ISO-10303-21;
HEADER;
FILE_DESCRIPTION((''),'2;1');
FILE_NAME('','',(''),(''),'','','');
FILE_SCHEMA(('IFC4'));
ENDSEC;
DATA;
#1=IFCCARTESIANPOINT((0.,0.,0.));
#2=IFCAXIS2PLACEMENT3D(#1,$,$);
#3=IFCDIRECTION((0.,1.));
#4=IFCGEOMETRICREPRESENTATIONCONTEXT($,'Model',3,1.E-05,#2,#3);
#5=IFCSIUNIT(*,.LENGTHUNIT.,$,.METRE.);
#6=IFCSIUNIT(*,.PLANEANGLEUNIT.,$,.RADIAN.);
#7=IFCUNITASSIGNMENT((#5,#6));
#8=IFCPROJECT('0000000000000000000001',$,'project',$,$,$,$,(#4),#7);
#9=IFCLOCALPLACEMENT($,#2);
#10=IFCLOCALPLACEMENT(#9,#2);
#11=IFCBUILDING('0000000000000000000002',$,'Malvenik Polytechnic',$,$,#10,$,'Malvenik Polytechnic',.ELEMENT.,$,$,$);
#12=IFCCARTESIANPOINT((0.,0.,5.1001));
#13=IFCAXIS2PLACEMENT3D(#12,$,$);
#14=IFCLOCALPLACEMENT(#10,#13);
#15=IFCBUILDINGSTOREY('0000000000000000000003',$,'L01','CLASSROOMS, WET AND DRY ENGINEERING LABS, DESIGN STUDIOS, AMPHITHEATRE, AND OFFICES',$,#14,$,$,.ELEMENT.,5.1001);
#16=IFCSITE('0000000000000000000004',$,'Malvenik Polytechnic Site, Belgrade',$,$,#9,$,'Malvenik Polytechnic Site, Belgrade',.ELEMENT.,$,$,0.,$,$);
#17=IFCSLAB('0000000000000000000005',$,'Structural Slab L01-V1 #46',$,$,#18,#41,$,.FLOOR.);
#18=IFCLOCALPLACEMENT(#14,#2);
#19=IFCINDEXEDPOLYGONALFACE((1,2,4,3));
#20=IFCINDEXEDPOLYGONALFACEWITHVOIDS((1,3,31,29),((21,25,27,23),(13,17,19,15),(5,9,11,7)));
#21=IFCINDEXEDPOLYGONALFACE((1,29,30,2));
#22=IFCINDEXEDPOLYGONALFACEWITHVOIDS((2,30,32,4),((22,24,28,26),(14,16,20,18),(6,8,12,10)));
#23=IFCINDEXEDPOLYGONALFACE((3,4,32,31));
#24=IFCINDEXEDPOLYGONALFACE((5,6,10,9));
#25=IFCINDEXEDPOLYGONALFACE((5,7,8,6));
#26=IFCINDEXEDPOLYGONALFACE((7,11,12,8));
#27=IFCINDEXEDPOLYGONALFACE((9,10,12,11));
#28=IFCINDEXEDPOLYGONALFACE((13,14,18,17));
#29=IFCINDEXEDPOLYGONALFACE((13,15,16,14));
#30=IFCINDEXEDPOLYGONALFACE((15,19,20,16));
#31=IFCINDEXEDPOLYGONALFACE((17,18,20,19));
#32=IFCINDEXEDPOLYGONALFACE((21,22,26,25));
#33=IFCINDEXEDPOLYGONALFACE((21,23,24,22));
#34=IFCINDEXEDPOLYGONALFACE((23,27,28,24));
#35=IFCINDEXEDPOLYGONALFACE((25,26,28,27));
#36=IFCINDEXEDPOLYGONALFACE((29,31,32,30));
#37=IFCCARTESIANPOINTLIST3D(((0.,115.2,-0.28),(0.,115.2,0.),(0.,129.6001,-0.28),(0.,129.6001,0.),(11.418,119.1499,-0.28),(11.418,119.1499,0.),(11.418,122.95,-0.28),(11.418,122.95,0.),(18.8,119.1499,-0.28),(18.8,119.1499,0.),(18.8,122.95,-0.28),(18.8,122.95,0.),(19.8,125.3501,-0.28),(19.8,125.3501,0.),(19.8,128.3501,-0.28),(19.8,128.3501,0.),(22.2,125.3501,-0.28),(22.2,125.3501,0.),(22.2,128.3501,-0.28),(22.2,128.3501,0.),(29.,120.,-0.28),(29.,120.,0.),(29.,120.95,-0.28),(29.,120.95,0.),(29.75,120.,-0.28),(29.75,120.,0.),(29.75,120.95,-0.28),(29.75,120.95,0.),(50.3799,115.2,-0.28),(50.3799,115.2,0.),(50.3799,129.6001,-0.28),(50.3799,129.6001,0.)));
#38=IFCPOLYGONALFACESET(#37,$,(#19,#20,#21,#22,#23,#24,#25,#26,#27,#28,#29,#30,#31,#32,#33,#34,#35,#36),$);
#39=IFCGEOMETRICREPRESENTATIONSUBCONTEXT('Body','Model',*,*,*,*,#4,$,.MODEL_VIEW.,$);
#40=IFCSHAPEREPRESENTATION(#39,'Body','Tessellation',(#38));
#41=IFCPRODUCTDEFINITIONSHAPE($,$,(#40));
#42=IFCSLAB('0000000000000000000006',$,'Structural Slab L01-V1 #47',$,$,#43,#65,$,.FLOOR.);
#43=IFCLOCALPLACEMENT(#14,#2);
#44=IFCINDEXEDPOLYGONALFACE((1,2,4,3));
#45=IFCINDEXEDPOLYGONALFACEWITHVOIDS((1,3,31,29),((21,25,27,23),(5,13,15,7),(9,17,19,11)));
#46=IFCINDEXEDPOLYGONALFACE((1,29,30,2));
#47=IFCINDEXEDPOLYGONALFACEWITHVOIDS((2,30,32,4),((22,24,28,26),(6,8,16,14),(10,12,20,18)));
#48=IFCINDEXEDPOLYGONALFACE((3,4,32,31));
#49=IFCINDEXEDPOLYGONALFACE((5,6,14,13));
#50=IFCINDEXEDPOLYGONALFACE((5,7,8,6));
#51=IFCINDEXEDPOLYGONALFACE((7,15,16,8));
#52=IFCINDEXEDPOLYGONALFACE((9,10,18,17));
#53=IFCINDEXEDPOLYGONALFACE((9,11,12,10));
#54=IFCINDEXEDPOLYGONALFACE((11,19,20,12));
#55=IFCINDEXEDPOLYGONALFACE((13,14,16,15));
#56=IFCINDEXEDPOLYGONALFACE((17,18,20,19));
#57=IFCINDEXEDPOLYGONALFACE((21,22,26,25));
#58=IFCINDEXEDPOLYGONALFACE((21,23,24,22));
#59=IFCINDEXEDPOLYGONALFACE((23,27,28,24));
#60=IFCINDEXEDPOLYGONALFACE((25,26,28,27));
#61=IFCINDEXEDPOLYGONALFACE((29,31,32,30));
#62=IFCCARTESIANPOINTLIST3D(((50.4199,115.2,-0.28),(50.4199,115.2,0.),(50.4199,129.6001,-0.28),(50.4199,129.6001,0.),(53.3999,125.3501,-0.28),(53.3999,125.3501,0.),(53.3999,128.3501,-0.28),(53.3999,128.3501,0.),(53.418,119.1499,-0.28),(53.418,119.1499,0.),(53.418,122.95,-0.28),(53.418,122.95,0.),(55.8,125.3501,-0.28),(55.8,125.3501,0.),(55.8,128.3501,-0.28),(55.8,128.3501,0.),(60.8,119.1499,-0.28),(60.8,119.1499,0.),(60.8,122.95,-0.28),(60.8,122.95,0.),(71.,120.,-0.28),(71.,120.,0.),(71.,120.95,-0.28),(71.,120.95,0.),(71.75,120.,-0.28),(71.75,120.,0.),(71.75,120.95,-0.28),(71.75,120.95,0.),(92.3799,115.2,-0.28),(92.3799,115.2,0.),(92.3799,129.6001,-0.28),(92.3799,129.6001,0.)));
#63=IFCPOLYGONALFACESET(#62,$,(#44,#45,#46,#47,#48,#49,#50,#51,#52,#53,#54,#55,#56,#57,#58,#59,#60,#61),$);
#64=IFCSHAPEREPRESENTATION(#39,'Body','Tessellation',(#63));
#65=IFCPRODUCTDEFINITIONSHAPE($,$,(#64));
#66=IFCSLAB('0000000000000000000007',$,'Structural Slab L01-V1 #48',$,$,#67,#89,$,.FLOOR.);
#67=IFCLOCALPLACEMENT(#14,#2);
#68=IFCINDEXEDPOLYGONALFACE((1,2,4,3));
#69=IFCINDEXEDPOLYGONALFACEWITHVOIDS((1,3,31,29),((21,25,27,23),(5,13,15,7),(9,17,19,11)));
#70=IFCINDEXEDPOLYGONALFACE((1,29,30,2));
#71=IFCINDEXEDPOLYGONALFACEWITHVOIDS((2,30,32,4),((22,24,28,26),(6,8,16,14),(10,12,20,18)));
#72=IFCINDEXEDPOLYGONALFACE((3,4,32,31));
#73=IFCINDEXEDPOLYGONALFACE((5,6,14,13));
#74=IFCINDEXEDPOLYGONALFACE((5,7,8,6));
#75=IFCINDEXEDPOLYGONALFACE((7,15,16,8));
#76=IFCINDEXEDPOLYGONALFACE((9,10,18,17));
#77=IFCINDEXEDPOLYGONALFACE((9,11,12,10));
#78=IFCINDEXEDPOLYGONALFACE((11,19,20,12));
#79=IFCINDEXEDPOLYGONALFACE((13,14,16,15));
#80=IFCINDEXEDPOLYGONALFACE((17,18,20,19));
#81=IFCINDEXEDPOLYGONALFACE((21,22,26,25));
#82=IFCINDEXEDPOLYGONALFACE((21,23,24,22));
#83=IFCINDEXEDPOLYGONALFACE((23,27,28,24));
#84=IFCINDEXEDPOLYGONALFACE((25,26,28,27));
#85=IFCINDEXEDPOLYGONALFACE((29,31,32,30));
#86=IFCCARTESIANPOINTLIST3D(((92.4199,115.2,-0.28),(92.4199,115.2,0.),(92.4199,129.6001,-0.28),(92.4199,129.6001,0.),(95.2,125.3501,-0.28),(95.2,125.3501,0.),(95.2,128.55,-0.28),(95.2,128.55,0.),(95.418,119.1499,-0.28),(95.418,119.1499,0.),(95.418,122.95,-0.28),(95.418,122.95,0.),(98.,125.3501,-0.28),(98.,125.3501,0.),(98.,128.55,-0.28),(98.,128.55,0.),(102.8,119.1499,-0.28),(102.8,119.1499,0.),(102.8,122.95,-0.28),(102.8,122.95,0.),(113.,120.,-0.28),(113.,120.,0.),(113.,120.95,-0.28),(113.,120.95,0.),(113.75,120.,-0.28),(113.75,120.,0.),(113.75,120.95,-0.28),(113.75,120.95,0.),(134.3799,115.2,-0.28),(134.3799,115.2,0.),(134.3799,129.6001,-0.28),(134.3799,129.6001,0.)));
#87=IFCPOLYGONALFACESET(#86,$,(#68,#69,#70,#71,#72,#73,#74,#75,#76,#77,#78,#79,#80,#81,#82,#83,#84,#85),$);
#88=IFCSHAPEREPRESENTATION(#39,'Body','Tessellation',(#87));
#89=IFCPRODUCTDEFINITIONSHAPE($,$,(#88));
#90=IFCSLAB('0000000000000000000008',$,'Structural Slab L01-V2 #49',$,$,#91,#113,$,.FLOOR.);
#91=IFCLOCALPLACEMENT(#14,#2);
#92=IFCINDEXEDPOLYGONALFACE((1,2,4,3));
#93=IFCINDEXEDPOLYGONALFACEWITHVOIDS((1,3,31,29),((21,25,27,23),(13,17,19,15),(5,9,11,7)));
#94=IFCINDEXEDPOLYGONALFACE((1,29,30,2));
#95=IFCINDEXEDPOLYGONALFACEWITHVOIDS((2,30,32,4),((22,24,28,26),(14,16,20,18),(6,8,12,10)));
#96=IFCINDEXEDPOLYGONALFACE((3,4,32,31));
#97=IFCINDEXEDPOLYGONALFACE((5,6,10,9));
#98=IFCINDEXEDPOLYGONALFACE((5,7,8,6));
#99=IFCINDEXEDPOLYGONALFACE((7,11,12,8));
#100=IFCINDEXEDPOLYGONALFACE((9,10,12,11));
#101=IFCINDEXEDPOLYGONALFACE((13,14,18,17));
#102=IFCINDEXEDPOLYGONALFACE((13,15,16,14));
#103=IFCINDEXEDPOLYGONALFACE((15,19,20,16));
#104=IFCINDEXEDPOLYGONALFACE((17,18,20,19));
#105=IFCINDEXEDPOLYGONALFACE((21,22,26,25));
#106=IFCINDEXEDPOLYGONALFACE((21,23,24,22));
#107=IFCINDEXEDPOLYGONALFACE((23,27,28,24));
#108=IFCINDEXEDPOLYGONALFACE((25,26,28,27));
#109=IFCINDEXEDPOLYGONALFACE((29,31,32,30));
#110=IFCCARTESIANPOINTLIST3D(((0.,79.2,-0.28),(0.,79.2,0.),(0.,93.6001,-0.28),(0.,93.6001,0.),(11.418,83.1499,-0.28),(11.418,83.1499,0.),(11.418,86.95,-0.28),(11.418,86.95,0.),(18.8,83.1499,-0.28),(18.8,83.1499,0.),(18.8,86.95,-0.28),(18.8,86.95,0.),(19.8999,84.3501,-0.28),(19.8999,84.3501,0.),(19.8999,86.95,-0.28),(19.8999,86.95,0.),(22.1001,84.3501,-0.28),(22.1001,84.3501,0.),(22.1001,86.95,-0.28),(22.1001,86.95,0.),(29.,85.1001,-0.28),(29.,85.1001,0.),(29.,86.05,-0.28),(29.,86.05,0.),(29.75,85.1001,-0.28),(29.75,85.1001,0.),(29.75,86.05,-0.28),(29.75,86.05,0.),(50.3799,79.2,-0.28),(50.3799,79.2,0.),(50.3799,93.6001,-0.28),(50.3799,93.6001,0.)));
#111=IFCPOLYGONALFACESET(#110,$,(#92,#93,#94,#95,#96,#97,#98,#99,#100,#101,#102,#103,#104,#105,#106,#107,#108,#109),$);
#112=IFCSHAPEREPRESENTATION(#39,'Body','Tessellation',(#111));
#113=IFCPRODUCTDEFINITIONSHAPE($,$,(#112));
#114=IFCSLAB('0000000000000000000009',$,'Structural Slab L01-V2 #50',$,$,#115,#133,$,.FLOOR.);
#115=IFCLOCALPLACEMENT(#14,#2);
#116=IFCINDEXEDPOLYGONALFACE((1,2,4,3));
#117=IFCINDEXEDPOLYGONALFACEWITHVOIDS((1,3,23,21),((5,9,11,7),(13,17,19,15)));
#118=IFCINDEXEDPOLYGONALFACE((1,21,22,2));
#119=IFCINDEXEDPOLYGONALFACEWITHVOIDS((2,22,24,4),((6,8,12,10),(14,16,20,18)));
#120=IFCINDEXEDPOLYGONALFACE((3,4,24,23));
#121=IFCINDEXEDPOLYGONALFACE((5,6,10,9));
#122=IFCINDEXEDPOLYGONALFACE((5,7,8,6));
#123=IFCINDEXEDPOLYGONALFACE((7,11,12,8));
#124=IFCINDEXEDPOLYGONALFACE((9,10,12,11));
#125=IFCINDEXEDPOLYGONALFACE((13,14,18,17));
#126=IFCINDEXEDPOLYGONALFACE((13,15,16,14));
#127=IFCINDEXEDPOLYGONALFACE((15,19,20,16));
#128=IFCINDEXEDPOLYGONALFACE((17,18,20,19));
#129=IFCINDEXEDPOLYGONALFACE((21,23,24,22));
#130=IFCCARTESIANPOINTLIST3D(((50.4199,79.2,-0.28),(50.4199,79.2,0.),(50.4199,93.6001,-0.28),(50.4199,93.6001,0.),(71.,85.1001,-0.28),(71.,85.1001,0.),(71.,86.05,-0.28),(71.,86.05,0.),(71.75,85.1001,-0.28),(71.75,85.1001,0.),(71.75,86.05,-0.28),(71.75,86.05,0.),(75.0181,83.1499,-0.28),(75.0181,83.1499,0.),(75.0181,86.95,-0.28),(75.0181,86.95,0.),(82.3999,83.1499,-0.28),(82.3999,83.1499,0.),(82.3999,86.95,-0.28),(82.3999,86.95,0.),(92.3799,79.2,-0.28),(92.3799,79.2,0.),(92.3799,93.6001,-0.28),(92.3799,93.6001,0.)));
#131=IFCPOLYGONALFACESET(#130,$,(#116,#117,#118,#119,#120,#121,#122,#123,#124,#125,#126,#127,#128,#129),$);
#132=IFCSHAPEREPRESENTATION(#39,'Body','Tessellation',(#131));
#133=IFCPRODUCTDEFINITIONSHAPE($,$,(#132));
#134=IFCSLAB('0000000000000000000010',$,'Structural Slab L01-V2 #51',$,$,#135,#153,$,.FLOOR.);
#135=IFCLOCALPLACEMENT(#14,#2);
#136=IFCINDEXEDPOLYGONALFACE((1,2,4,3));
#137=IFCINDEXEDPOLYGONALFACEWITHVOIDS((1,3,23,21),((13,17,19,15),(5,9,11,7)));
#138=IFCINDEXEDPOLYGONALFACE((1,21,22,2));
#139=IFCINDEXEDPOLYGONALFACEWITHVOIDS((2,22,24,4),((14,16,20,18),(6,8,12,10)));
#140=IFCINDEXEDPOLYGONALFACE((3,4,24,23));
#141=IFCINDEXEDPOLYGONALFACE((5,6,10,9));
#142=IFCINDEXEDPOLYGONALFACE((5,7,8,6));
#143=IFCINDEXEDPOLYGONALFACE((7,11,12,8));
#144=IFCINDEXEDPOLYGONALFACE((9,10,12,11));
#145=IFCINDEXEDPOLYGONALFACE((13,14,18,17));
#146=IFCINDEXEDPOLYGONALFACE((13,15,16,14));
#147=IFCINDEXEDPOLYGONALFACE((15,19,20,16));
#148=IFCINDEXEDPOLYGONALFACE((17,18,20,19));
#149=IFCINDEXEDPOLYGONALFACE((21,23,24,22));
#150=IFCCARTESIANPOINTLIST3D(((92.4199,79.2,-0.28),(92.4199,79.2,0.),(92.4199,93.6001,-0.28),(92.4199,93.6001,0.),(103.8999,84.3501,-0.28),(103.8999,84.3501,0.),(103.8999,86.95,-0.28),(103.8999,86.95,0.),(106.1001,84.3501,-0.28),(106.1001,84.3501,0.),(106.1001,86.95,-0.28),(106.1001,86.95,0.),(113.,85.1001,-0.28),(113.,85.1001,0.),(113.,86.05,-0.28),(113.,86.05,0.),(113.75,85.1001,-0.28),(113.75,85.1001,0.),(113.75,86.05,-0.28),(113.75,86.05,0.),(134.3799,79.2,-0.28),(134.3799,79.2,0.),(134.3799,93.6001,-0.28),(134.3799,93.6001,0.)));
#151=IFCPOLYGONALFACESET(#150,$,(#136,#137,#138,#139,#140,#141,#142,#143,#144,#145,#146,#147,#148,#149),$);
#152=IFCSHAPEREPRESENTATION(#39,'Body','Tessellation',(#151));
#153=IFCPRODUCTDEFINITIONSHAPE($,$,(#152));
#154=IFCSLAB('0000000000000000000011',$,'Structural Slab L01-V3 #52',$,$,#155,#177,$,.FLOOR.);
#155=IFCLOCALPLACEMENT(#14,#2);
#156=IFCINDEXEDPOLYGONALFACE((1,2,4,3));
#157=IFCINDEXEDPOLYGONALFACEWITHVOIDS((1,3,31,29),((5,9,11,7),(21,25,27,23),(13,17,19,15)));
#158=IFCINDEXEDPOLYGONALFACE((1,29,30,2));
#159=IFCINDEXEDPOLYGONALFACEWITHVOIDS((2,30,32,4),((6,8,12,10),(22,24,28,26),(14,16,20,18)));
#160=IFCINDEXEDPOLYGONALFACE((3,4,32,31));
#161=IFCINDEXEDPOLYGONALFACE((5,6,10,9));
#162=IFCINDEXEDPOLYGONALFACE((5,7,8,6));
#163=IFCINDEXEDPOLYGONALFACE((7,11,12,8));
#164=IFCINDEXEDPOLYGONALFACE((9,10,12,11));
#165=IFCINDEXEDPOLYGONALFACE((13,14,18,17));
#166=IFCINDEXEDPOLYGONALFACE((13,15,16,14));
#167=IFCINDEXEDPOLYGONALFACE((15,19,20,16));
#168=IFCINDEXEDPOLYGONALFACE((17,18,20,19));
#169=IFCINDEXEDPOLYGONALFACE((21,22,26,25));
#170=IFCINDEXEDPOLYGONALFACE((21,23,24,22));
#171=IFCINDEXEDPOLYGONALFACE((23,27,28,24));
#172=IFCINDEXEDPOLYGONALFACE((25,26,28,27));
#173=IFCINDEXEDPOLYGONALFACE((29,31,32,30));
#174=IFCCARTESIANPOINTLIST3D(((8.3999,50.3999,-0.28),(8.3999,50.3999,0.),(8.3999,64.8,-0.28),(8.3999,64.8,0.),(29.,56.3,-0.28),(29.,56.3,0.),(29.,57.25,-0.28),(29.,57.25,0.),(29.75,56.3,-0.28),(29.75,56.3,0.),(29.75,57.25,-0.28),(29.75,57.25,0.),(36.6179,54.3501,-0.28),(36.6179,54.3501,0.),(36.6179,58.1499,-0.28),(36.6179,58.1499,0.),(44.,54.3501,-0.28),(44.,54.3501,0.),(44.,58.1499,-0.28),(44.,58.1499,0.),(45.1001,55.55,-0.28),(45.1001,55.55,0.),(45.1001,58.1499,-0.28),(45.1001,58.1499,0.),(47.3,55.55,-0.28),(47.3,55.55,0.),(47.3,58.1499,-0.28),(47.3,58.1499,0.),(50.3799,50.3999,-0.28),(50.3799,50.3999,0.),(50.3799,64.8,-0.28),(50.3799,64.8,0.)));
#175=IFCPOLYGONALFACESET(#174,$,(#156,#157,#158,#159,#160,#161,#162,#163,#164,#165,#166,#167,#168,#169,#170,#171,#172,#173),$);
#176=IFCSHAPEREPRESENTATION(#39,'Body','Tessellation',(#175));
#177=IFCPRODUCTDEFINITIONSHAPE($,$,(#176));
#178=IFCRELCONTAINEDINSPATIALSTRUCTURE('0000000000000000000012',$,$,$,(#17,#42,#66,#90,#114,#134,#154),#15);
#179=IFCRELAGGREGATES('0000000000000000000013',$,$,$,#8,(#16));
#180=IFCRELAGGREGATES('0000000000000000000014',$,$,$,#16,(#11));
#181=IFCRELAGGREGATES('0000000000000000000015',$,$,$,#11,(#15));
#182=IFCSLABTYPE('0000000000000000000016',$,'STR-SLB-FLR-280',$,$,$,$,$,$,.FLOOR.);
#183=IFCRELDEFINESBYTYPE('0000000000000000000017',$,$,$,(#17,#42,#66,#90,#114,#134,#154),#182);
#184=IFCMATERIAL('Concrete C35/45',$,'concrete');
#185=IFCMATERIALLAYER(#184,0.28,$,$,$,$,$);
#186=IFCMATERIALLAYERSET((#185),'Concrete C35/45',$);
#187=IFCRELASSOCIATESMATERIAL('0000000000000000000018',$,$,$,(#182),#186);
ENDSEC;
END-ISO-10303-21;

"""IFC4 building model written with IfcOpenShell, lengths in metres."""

from ifc_helpers import new_model, si_unit, direction, frame, origin, place, context, subcontext, project, spatial, polyline, outline, extrude, material, layer, layer_set, type_object, element, save


model = new_model("IFC4")

# Units and contexts
model_context = context("Model", 3, precision=1e-05, world=origin(), true_north=direction((0.0, 1.0)))
body_context = subcontext(model_context, "Body", "Model", "MODEL_VIEW")
ifc_project = project(units=[si_unit("LENGTHUNIT", "METRE"), si_unit("PLANEANGLEUNIT", "RADIAN")], contexts=[model_context])

# Site, building, storey
site_placement = place(None, origin())
site = spatial("IfcSite", under=ifc_project, at=site_placement, Name="Malvenik Polytechnic Site, Belgrade", LongName="Malvenik Polytechnic Site, Belgrade", CompositionType="ELEMENT", RefElevation=0.0)
building_placement = place(site_placement, origin())
building = spatial("IfcBuilding", under=site, at=building_placement, Name="Malvenik Polytechnic", LongName="Malvenik Polytechnic", CompositionType="ELEMENT")
storey_placement = place(building_placement, frame((0.0, 0.0, 5.1001)))
storey = spatial("IfcBuildingStorey", under=building, at=storey_placement, Name="L01", Description="CLASSROOMS, WET AND DRY ENGINEERING LABS, DESIGN STUDIOS, AMPHITHEATRE, AND OFFICES", CompositionType="ELEMENT", Elevation=5.1001)

# Slabs
ifc_material = material(Name="Concrete C35/45", Category="concrete")
ifc_layer = layer(ifc_material, 0.28)
ifc_layer_set = layer_set([ifc_layer], Name="Concrete C35/45")
slab_type = type_object("IfcSlabType", Name="STR-SLB-FLR-280", PredefinedType="FLOOR", material=ifc_layer_set)
slab_1_placement = place(storey_placement, frame((0.0, 0.0, -0.28)))
element("IfcSlab", 1, at=slab_1_placement, inside=storey, type_object=slab_type, Name="Structural Slab L01-V1 #46", PredefinedType="FLOOR", context=body_context, shape_type="SweptSolid", body=[
    extrude(outline(polyline([(0.0, 129.6001), (50.3799, 129.6001), (50.3799, 115.2), (0.0, 115.2), (0.0, 129.6001)]), holes=[polyline([(29.75, 120.95), (29.0, 120.95), (29.0, 120.0), (29.75, 120.0), (29.75, 120.95)]), polyline([(18.8, 119.1499), (18.8, 122.95), (11.418, 122.95), (11.418, 119.1499), (18.8, 119.1499)]), polyline([(22.2, 128.3501), (19.8, 128.3501), (19.8, 125.3501), (22.2, 125.3501), (22.2, 128.3501)])]), origin(), (0.0, 0.0, 1.0), 0.28),
])
slab_2_placement = place(storey_placement, frame((0.0, 0.0, -0.28)))
element("IfcSlab", 2, at=slab_2_placement, inside=storey, type_object=slab_type, Name="Structural Slab L01-V1 #47", PredefinedType="FLOOR", context=body_context, shape_type="SweptSolid", body=[
    extrude(outline(polyline([(92.3799, 129.6001), (92.3799, 115.2), (50.4199, 115.2), (50.4199, 129.6001), (92.3799, 129.6001)]), holes=[polyline([(71.75, 120.95), (71.0, 120.95), (71.0, 120.0), (71.75, 120.0), (71.75, 120.95)]), polyline([(60.8, 119.1499), (60.8, 122.95), (53.418, 122.95), (53.418, 119.1499), (60.8, 119.1499)]), polyline([(55.8, 128.3501), (53.3999, 128.3501), (53.3999, 125.3501), (55.8, 125.3501), (55.8, 128.3501)])]), origin(), (0.0, 0.0, 1.0), 0.28),
])
slab_3_placement = place(storey_placement, frame((0.0, 0.0, -0.28)))
element("IfcSlab", 3, at=slab_3_placement, inside=storey, type_object=slab_type, Name="Structural Slab L01-V1 #48", PredefinedType="FLOOR", context=body_context, shape_type="SweptSolid", body=[
    extrude(outline(polyline([(134.3799, 129.6001), (134.3799, 115.2), (92.4199, 115.2), (92.4199, 129.6001), (134.3799, 129.6001)]), holes=[polyline([(113.75, 120.95), (113.0, 120.95), (113.0, 120.0), (113.75, 120.0), (113.75, 120.95)]), polyline([(95.418, 119.1499), (102.8, 119.1499), (102.8, 122.95), (95.418, 122.95), (95.418, 119.1499)]), polyline([(98.0, 125.3501), (98.0, 128.55), (95.2, 128.55), (95.2, 125.3501), (98.0, 125.3501)])]), origin(), (0.0, 0.0, 1.0), 0.28),
])
slab_4_placement = place(storey_placement, frame((0.0, 0.0, -0.28)))
element("IfcSlab", 4, at=slab_4_placement, inside=storey, type_object=slab_type, Name="Structural Slab L01-V2 #49", PredefinedType="FLOOR", context=body_context, shape_type="SweptSolid", body=[
    extrude(outline(polyline([(50.3799, 93.6001), (50.3799, 79.2), (0.0, 79.2), (0.0, 93.6001), (50.3799, 93.6001)]), holes=[polyline([(18.8, 83.1499), (18.8, 86.95), (11.418, 86.95), (11.418, 83.1499), (18.8, 83.1499)]), polyline([(29.75, 86.05), (29.0, 86.05), (29.0, 85.1001), (29.75, 85.1001), (29.75, 86.05)]), polyline([(22.1001, 86.95), (19.8999, 86.95), (19.8999, 84.3501), (22.1001, 84.3501), (22.1001, 86.95)])]), origin(), (0.0, 0.0, 1.0), 0.28),
])
slab_5_placement = place(storey_placement, frame((0.0, 0.0, -0.28)))
element("IfcSlab", 5, at=slab_5_placement, inside=storey, type_object=slab_type, Name="Structural Slab L01-V2 #50", PredefinedType="FLOOR", context=body_context, shape_type="SweptSolid", body=[
    extrude(outline(polyline([(92.3799, 93.6001), (92.3799, 79.2), (50.4199, 79.2), (50.4199, 93.6001), (92.3799, 93.6001)]), holes=[polyline([(82.3999, 83.1499), (82.3999, 86.95), (75.0181, 86.95), (75.0181, 83.1499), (82.3999, 83.1499)]), polyline([(71.75, 86.05), (71.0, 86.05), (71.0, 85.1001), (71.75, 85.1001), (71.75, 86.05)])]), origin(), (0.0, 0.0, 1.0), 0.28),
])
slab_6_placement = place(storey_placement, frame((0.0, 0.0, -0.28)))
element("IfcSlab", 6, at=slab_6_placement, inside=storey, type_object=slab_type, Name="Structural Slab L01-V2 #51", PredefinedType="FLOOR", context=body_context, shape_type="SweptSolid", body=[
    extrude(outline(polyline([(134.3799, 93.6001), (134.3799, 79.2), (92.4199, 79.2), (92.4199, 93.6001), (134.3799, 93.6001)]), holes=[polyline([(113.75, 86.05), (113.0, 86.05), (113.0, 85.1001), (113.75, 85.1001), (113.75, 86.05)]), polyline([(106.1001, 86.95), (103.8999, 86.95), (103.8999, 84.3501), (106.1001, 84.3501), (106.1001, 86.95)])]), origin(), (0.0, 0.0, 1.0), 0.28),
])
slab_7_placement = place(storey_placement, frame((0.0, 0.0, -0.28)))
element("IfcSlab", 7, at=slab_7_placement, inside=storey, type_object=slab_type, Name="Structural Slab L01-V3 #52", PredefinedType="FLOOR", context=body_context, shape_type="SweptSolid", body=[
    extrude(outline(polyline([(50.3799, 64.8), (50.3799, 50.3999), (8.3999, 50.3999), (8.3999, 64.8), (50.3799, 64.8)]), holes=[polyline([(44.0, 54.3501), (44.0, 58.1499), (36.6179, 58.1499), (36.6179, 54.3501), (44.0, 54.3501)]), polyline([(29.75, 57.25), (29.0, 57.25), (29.0, 56.3), (29.75, 56.3), (29.75, 57.25)]), polyline([(47.3, 58.1499), (45.1001, 58.1499), (45.1001, 55.55), (47.3, 55.55), (47.3, 58.1499)])]), origin(), (0.0, 0.0, 1.0), 0.28),
])

save(model, "model.ifc")
